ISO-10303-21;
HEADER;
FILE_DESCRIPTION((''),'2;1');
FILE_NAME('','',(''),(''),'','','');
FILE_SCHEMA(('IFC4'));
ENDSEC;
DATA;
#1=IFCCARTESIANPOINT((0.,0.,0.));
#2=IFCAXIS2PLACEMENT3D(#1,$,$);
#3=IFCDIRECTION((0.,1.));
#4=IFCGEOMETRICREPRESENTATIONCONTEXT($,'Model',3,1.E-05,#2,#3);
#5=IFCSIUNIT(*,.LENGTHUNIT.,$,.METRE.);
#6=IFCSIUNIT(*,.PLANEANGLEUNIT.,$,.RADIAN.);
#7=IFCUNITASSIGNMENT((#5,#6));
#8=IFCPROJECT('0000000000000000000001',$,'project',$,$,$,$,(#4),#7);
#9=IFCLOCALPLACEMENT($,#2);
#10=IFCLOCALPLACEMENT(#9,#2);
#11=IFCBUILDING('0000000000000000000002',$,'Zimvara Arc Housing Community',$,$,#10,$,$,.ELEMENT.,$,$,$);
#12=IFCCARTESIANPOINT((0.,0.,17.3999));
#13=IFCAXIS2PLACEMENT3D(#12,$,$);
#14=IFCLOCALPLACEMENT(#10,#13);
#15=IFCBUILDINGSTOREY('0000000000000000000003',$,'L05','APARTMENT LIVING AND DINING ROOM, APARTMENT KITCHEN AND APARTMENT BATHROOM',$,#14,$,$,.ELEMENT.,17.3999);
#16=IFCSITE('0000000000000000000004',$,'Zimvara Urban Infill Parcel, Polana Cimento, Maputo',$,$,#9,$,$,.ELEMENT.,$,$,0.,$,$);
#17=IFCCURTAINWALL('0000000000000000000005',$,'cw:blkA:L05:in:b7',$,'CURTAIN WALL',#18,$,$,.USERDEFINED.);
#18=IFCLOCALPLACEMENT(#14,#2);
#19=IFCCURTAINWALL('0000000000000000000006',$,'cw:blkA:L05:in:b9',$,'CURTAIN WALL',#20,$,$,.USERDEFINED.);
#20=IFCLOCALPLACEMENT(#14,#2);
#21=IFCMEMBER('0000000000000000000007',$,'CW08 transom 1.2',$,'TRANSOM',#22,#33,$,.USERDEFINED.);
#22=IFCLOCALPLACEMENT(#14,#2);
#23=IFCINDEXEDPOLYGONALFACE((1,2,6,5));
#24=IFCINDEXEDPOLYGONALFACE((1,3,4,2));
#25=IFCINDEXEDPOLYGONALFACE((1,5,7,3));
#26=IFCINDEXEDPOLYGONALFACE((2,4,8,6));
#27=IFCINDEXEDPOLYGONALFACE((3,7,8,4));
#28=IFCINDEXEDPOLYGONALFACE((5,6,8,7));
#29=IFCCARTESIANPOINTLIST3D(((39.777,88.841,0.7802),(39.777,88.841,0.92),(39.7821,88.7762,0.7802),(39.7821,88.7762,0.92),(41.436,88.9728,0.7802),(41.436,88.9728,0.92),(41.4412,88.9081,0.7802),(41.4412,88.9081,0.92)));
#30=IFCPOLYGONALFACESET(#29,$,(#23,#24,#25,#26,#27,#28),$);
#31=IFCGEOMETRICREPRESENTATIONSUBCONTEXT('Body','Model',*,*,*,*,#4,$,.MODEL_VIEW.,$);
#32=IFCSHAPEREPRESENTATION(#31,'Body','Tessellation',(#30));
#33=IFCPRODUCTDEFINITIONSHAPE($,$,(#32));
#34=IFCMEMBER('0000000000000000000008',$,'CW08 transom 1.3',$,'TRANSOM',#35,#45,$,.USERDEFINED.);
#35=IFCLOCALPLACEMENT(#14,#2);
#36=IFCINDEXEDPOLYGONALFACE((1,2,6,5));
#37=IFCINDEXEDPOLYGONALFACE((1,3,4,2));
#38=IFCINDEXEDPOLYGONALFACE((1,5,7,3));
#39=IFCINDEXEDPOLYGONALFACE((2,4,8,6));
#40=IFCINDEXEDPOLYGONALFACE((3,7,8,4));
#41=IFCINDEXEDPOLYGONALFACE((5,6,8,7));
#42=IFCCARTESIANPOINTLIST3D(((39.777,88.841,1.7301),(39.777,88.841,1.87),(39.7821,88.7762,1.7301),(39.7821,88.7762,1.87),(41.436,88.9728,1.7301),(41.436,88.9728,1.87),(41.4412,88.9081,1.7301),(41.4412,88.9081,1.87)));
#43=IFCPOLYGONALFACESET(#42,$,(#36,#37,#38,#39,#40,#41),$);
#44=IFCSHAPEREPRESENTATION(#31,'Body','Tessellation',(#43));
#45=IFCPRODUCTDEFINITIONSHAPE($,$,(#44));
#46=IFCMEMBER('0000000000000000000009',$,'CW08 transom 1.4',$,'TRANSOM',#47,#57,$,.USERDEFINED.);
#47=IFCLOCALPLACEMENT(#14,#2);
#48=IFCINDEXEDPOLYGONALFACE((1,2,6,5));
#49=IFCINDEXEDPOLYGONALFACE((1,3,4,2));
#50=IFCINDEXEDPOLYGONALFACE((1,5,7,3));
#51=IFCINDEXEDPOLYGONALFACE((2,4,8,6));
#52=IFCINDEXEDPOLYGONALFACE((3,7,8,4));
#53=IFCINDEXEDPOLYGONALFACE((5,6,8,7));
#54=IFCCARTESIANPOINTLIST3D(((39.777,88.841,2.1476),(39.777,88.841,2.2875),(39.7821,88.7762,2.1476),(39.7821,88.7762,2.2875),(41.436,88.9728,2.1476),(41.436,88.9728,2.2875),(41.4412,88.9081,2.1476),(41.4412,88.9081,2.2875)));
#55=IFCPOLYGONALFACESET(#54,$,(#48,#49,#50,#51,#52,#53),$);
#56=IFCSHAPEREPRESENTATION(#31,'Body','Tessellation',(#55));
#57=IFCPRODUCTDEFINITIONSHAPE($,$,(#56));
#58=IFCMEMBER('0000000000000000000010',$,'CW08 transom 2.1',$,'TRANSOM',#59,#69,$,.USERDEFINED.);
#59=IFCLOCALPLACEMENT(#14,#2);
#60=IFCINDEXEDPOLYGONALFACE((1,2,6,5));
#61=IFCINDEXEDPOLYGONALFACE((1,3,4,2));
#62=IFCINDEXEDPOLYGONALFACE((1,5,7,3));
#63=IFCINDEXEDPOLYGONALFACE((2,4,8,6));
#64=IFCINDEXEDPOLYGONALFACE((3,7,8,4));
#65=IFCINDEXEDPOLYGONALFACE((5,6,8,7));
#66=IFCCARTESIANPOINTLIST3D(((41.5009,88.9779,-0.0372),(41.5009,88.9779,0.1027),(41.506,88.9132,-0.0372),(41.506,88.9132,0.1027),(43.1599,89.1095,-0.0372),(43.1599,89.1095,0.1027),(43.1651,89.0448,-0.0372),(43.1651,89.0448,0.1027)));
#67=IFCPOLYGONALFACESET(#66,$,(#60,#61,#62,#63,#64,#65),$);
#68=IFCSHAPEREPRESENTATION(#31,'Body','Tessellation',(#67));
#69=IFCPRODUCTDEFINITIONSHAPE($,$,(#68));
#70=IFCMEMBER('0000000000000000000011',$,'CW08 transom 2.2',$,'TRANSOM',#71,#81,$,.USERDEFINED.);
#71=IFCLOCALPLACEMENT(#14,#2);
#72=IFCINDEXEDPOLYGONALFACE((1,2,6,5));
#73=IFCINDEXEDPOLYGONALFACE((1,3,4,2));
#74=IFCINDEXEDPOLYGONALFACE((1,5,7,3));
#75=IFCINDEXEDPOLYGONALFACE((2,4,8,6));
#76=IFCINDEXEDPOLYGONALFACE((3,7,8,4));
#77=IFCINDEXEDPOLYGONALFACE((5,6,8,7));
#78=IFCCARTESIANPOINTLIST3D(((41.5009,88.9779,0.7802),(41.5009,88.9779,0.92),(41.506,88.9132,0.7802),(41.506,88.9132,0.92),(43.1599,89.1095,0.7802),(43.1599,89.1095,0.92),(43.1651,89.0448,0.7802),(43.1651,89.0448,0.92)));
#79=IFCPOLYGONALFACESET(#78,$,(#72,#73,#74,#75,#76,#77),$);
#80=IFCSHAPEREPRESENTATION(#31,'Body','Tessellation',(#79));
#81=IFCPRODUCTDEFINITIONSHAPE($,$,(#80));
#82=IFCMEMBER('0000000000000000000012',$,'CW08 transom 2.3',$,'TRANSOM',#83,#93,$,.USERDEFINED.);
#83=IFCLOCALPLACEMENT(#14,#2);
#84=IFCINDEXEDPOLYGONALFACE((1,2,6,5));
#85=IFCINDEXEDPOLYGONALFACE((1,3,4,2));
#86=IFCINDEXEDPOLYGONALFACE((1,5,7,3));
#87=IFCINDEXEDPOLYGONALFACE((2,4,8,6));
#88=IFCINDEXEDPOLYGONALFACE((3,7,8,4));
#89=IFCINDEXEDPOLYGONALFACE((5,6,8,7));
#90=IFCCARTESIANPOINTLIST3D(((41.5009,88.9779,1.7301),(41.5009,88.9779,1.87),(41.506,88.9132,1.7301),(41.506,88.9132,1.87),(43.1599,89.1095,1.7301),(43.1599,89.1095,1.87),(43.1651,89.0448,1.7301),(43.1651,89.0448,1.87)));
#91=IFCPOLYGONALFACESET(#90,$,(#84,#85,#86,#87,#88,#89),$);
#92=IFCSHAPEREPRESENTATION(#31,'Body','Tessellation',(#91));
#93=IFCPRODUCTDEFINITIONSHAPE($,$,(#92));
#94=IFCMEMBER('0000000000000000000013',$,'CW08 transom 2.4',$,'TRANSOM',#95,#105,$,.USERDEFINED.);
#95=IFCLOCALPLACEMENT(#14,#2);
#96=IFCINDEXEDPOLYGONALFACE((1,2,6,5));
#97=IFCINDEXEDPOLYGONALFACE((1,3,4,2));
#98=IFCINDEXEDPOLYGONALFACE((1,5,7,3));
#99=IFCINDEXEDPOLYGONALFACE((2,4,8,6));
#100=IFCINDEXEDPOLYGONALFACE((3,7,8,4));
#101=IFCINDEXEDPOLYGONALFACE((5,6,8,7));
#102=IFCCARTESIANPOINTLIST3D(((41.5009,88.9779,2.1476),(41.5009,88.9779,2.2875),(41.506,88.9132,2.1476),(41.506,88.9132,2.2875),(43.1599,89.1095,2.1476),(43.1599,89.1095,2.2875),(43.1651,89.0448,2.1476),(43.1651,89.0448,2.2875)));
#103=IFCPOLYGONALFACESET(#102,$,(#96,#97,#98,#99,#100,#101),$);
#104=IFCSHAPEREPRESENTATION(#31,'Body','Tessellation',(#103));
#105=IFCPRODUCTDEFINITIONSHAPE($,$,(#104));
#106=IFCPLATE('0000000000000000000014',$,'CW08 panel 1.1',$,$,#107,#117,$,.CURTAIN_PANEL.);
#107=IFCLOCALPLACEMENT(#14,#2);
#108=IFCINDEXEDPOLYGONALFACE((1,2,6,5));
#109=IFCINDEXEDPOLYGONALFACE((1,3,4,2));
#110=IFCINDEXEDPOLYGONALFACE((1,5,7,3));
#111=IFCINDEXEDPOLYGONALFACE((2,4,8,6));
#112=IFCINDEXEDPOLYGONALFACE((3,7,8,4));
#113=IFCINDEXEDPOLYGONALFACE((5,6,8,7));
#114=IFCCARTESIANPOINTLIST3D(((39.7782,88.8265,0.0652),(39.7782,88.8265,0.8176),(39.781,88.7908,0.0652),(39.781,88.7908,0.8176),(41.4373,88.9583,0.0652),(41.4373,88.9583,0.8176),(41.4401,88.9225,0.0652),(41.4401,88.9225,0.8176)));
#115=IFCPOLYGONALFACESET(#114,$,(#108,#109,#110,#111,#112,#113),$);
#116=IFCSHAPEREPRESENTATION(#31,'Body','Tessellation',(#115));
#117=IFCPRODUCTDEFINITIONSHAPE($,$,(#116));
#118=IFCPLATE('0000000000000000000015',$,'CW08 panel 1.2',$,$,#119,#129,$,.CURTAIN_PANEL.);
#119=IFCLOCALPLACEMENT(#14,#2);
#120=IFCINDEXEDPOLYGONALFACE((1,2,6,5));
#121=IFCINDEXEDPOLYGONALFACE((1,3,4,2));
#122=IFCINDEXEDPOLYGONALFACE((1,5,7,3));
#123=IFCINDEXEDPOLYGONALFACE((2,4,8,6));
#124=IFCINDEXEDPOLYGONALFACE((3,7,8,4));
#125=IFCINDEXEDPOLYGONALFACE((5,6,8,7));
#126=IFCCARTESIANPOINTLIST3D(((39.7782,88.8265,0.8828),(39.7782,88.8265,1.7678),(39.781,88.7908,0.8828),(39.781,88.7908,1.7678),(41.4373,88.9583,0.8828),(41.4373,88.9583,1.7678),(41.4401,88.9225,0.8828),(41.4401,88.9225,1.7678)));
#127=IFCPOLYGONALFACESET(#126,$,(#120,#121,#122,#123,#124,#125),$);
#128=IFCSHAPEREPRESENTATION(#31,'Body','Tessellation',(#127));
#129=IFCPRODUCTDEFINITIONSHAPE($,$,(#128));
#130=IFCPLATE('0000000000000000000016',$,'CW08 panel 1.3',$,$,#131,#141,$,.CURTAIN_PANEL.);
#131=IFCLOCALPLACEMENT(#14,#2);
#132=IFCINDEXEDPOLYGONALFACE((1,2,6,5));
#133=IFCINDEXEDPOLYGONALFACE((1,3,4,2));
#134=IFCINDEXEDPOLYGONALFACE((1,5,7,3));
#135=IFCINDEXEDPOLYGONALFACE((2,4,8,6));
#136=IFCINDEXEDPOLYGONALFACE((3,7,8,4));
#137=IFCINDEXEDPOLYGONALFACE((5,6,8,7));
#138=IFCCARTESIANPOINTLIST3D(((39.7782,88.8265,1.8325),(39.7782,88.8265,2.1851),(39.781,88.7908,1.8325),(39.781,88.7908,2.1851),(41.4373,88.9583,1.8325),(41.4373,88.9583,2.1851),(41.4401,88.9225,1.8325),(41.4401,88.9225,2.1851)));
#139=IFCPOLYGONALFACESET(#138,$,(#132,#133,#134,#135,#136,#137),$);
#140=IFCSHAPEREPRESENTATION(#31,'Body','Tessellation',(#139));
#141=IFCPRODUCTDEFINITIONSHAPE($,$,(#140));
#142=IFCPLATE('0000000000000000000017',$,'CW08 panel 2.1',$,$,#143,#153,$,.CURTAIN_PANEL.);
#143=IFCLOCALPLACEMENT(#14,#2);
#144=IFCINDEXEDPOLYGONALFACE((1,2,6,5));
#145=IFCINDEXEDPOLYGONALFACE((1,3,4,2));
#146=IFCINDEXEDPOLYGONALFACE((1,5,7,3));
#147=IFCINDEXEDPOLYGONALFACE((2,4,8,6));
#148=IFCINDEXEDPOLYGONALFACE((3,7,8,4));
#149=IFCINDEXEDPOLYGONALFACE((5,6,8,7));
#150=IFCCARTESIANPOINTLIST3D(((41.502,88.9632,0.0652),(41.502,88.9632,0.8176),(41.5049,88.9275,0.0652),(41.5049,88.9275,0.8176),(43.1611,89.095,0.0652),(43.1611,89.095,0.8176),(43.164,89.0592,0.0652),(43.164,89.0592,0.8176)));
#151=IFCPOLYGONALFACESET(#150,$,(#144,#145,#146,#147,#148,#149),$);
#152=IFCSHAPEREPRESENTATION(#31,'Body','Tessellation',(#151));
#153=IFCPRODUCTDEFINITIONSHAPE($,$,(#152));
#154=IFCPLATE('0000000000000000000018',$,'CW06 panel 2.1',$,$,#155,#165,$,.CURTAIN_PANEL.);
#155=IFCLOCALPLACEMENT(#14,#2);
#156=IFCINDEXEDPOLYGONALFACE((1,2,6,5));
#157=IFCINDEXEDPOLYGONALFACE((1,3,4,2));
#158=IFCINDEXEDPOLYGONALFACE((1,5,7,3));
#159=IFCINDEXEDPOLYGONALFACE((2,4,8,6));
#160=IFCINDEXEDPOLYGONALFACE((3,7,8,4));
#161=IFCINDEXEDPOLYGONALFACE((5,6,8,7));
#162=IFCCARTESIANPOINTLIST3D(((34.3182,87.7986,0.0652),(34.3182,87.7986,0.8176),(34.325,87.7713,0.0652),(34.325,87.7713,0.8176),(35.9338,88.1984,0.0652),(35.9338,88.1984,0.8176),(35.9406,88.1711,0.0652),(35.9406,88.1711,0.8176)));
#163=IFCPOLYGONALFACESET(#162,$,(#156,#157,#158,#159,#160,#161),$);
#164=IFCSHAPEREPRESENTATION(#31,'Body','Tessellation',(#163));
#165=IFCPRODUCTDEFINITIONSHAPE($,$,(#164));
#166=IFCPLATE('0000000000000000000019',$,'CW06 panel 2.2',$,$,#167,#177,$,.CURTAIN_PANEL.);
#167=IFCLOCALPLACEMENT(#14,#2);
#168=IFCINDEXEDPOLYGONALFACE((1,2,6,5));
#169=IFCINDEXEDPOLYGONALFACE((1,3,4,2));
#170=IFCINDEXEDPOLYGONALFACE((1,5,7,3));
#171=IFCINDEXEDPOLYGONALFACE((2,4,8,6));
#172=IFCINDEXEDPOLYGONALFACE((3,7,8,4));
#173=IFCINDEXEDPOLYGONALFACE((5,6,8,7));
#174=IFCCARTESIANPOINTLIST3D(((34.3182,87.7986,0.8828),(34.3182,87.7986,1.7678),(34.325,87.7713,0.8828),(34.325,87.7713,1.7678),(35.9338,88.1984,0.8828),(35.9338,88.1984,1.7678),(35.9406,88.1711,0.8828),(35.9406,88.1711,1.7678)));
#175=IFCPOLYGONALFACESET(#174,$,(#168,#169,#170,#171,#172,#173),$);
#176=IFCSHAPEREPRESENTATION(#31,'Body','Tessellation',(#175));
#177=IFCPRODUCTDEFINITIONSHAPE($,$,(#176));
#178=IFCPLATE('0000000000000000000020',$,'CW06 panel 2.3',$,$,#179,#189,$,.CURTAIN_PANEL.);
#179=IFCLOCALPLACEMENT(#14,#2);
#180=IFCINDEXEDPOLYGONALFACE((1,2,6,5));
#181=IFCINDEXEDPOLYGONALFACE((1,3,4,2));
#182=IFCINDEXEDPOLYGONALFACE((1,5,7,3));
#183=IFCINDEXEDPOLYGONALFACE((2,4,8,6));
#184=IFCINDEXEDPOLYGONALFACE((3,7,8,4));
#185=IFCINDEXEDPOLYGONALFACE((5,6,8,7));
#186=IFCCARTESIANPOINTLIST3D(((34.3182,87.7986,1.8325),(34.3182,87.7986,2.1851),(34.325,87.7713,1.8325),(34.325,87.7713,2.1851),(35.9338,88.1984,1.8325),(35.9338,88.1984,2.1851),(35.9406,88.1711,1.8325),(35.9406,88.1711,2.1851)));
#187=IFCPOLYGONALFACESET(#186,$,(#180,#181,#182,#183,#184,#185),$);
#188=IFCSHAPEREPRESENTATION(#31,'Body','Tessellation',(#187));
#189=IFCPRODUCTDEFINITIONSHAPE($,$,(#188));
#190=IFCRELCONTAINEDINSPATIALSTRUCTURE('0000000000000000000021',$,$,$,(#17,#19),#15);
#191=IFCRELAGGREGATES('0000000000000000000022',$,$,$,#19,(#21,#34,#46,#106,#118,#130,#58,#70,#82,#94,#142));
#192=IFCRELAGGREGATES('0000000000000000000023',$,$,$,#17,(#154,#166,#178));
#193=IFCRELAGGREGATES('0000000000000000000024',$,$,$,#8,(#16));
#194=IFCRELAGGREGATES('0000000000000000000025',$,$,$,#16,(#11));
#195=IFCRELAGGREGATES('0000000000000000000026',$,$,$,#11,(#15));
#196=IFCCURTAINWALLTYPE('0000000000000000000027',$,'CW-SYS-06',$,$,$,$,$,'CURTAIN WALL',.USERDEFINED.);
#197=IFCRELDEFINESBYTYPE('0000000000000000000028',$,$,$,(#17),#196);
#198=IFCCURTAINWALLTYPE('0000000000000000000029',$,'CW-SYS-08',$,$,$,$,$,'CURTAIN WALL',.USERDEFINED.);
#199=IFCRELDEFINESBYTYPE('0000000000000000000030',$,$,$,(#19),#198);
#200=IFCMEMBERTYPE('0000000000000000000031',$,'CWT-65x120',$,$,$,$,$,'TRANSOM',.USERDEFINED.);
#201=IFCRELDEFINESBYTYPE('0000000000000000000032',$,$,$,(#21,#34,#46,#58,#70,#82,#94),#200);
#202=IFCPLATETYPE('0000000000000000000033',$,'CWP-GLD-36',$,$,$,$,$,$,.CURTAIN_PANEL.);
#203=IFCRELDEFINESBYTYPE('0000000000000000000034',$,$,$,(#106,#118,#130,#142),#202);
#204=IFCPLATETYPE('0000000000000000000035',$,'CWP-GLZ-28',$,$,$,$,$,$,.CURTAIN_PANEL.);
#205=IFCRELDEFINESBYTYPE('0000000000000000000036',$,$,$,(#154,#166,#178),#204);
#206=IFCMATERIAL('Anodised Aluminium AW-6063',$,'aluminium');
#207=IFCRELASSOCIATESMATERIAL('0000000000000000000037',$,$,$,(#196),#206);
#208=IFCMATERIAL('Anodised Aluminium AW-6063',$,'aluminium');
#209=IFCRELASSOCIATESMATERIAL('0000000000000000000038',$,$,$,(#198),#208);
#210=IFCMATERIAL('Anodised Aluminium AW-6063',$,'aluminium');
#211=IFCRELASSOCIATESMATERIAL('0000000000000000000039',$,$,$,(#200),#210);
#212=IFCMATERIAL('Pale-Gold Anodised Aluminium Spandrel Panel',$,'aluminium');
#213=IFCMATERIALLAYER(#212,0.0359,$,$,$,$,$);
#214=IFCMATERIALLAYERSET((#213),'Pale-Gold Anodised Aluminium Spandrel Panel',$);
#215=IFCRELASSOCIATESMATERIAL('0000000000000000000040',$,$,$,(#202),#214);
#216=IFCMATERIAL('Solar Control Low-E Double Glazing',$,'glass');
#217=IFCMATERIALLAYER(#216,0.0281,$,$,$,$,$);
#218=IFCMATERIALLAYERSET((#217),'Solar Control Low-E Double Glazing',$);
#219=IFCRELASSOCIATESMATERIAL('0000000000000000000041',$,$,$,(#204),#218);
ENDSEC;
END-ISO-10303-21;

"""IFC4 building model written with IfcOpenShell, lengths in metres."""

from ifc_helpers import new_model, si_unit, direction, frame, origin, origin_2d, place, context, subcontext, project, spatial, rectangle, extrude, material, layer, layer_set, material_profile, profile_set, type_object, element, aggregate, save


model = new_model("IFC4")

# Units and contexts
model_context = context("Model", 3, precision=1e-05, world=origin(), true_north=direction((0.0, 1.0)))
body_context = subcontext(model_context, "Body", "Model", "MODEL_VIEW")
ifc_project = project(units=[si_unit("LENGTHUNIT", "METRE"), si_unit("PLANEANGLEUNIT", "RADIAN")], contexts=[model_context])

# Site, building, storey
site_placement = place(None, origin())
site = spatial("IfcSite", under=ifc_project, at=site_placement, Name="Zimvara Urban Infill Parcel, Polana Cimento, Maputo", CompositionType="ELEMENT", RefElevation=0.0)
building_placement = place(site_placement, origin())
building = spatial("IfcBuilding", under=site, at=building_placement, Name="Zimvara Arc Housing Community", CompositionType="ELEMENT")
storey_placement = place(building_placement, frame((0.0, 0.0, 17.3999)))
storey = spatial("IfcBuildingStorey", under=building, at=storey_placement, Name="L05", Description="APARTMENT LIVING AND DINING ROOM, APARTMENT KITCHEN AND APARTMENT BATHROOM", CompositionType="ELEMENT", Elevation=17.3999)

# Curtain wall
ifc_material_1 = material(Name="Anodised Aluminium AW-6063", Category="aluminium")
curtain_wall_type_1 = type_object("IfcCurtainWallType", Name="CW-SYS-06", ElementType="CURTAIN WALL", PredefinedType="USERDEFINED", material=ifc_material_1)
curtain_wall_1_placement = place(storey_placement, origin())
curtain_wall_1 = element("IfcCurtainWall", 1, at=curtain_wall_1_placement, inside=storey, type_object=curtain_wall_type_1, Name="cw:blkA:L05:in:b7", ObjectType="CURTAIN WALL", PredefinedType="USERDEFINED")

# Curtain wall
ifc_material_2 = material(Name="Anodised Aluminium AW-6063", Category="aluminium")
curtain_wall_type_2 = type_object("IfcCurtainWallType", Name="CW-SYS-08", ElementType="CURTAIN WALL", PredefinedType="USERDEFINED", material=ifc_material_2)
curtain_wall_2_placement = place(storey_placement, origin())
curtain_wall_2 = element("IfcCurtainWall", 2, at=curtain_wall_2_placement, inside=storey, type_object=curtain_wall_type_2, Name="cw:blkA:L05:in:b9", ObjectType="CURTAIN WALL", PredefinedType="USERDEFINED")

# Members
ifc_material_3 = material(Name="Anodised Aluminium AW-6063", Category="aluminium")
ifc_material_profile_1 = material_profile(ifc_material_3, rectangle(XDim=0.0649, YDim=0.1399, at=origin_2d()), Name="ALU 65x140")
ifc_profile_set_1 = profile_set([ifc_material_profile_1], Name="Anodised Aluminium AW-6063")
member_type_1 = type_object("IfcMemberType", Name="CWT-65x120", ElementType="TRANSOM", PredefinedType="USERDEFINED", material=ifc_profile_set_1)
member_1_placement = place(storey_placement, frame((39.7795, 88.8086, 0.8501), z_axis=(0.996858, 0.079209, 0.0), x_axis=(-0.079209, 0.996858, 0.0)))
member_1 = element("IfcMember", 3, at=member_1_placement, type_object=member_type_1, Name="CW08 transom 1.2", ObjectType="TRANSOM", PredefinedType="USERDEFINED", context=body_context, shape_type="SweptSolid", body=[
    extrude(rectangle(XDim=0.0649, YDim=0.1399, at=origin_2d()), origin(), (0.0, 0.0, 1.0), 1.6643),
])
member_2_placement = place(storey_placement, frame((39.7795, 88.8086, 1.8), z_axis=(0.996858, 0.079209, 0.0), x_axis=(-0.079209, 0.996858, 0.0)))
member_2 = element("IfcMember", 4, at=member_2_placement, type_object=member_type_1, Name="CW08 transom 1.3", ObjectType="TRANSOM", PredefinedType="USERDEFINED", context=body_context, shape_type="SweptSolid", body=[
    extrude(rectangle(XDim=0.0649, YDim=0.1399, at=origin_2d()), origin(), (0.0, 0.0, 1.0), 1.6643),
])
member_3_placement = place(storey_placement, frame((39.7795, 88.8086, 2.2175), z_axis=(0.996858, 0.079209, 0.0), x_axis=(-0.079209, 0.996858, 0.0)))
member_3 = element("IfcMember", 5, at=member_3_placement, type_object=member_type_1, Name="CW08 transom 1.4", ObjectType="TRANSOM", PredefinedType="USERDEFINED", context=body_context, shape_type="SweptSolid", body=[
    extrude(rectangle(XDim=0.0649, YDim=0.1399, at=origin_2d()), origin(), (0.0, 0.0, 1.0), 1.6643),
])
member_4_placement = place(storey_placement, frame((41.5034, 88.9456, 0.0327), z_axis=(0.99687, 0.079063, 0.0), x_axis=(-0.079063, 0.99687, 0.0)))
member_4 = element("IfcMember", 6, at=member_4_placement, type_object=member_type_1, Name="CW08 transom 2.1", ObjectType="TRANSOM", PredefinedType="USERDEFINED", context=body_context, shape_type="SweptSolid", body=[
    extrude(rectangle(XDim=0.0649, YDim=0.1399, at=origin_2d()), origin(), (0.0, 0.0, 1.0), 1.6643),
])
member_5_placement = place(storey_placement, frame((41.5034, 88.9456, 0.8501), z_axis=(0.99687, 0.079063, 0.0), x_axis=(-0.079063, 0.99687, 0.0)))
member_5 = element("IfcMember", 7, at=member_5_placement, type_object=member_type_1, Name="CW08 transom 2.2", ObjectType="TRANSOM", PredefinedType="USERDEFINED", context=body_context, shape_type="SweptSolid", body=[
    extrude(rectangle(XDim=0.0649, YDim=0.1399, at=origin_2d()), origin(), (0.0, 0.0, 1.0), 1.6643),
])
member_6_placement = place(storey_placement, frame((41.5034, 88.9456, 1.8), z_axis=(0.99687, 0.079063, 0.0), x_axis=(-0.079063, 0.99687, 0.0)))
member_6 = element("IfcMember", 8, at=member_6_placement, type_object=member_type_1, Name="CW08 transom 2.3", ObjectType="TRANSOM", PredefinedType="USERDEFINED", context=body_context, shape_type="SweptSolid", body=[
    extrude(rectangle(XDim=0.0649, YDim=0.1399, at=origin_2d()), origin(), (0.0, 0.0, 1.0), 1.6643),
])
member_7_placement = place(storey_placement, frame((41.5034, 88.9456, 2.2175), z_axis=(0.99687, 0.079063, 0.0), x_axis=(-0.079063, 0.99687, 0.0)))
member_7 = element("IfcMember", 9, at=member_7_placement, type_object=member_type_1, Name="CW08 transom 2.4", ObjectType="TRANSOM", PredefinedType="USERDEFINED", context=body_context, shape_type="SweptSolid", body=[
    extrude(rectangle(XDim=0.0649, YDim=0.1399, at=origin_2d()), origin(), (0.0, 0.0, 1.0), 1.6643),
])

# Plates
ifc_material_4 = material(Name="Pale-Gold Anodised Aluminium Spandrel Panel", Category="aluminium")
ifc_layer_1 = layer(ifc_material_4, 0.0359)
ifc_layer_set_1 = layer_set([ifc_layer_1], Name="Pale-Gold Anodised Aluminium Spandrel Panel")
plate_type_1 = type_object("IfcPlateType", Name="CWP-GLD-36", PredefinedType="CURTAIN_PANEL", material=ifc_layer_set_1)
plate_1_placement = place(storey_placement, frame((40.6091, 88.8745, 0.0652), z_axis=(0.0, 0.0, 1.0), x_axis=(0.996862, 0.079155, 0.0)))
plate_1 = element("IfcPlate", 10, at=plate_1_placement, type_object=plate_type_1, Name="CW08 panel 1.1", PredefinedType="CURTAIN_PANEL", context=body_context, shape_type="SweptSolid", body=[
    extrude(rectangle(XDim=1.6643, YDim=0.0359, at=origin_2d()), origin(), (0.0, 0.0, 1.0), 0.7524),
])
plate_2_placement = place(storey_placement, frame((40.6091, 88.8745, 0.8828), z_axis=(0.0, 0.0, 1.0), x_axis=(0.996862, 0.079155, 0.0)))
plate_2 = element("IfcPlate", 11, at=plate_2_placement, type_object=plate_type_1, Name="CW08 panel 1.2", PredefinedType="CURTAIN_PANEL", context=body_context, shape_type="SweptSolid", body=[
    extrude(rectangle(XDim=1.6643, YDim=0.0359, at=origin_2d()), origin(), (0.0, 0.0, 1.0), 0.885),
])
plate_3_placement = place(storey_placement, frame((40.6091, 88.8745, 1.8325), z_axis=(0.0, 0.0, 1.0), x_axis=(0.996862, 0.079155, 0.0)))
plate_3 = element("IfcPlate", 12, at=plate_3_placement, type_object=plate_type_1, Name="CW08 panel 1.3", PredefinedType="CURTAIN_PANEL", context=body_context, shape_type="SweptSolid", body=[
    extrude(rectangle(XDim=1.6643, YDim=0.0359, at=origin_2d()), origin(), (0.0, 0.0, 1.0), 0.3525),
])
plate_4_placement = place(storey_placement, frame((42.333, 89.0112, 0.0652), z_axis=(0.0, 0.0, 1.0), x_axis=(0.996862, 0.079155, 0.0)))
plate_4 = element("IfcPlate", 13, at=plate_4_placement, type_object=plate_type_1, Name="CW08 panel 2.1", PredefinedType="CURTAIN_PANEL", context=body_context, shape_type="SweptSolid", body=[
    extrude(rectangle(XDim=1.6643, YDim=0.0359, at=origin_2d()), origin(), (0.0, 0.0, 1.0), 0.7524),
])
aggregate(curtain_wall_2, [member_1, member_2, member_3, plate_1, plate_2, plate_3, member_4, member_5, member_6, member_7, plate_4])
ifc_material_5 = material(Name="Solar Control Low-E Double Glazing", Category="glass")
ifc_layer_2 = layer(ifc_material_5, 0.0281)
ifc_layer_set_2 = layer_set([ifc_layer_2], Name="Solar Control Low-E Double Glazing")
plate_type_2 = type_object("IfcPlateType", Name="CWP-GLZ-28", PredefinedType="CURTAIN_PANEL", material=ifc_layer_set_2)
plate_5_placement = place(storey_placement, frame((35.1294, 87.9849, 0.0652), z_axis=(0.0, 0.0, 1.0), x_axis=(0.970717, 0.240228, 0.0)))
plate_5 = element("IfcPlate", 14, at=plate_5_placement, type_object=plate_type_2, Name="CW06 panel 2.1", PredefinedType="CURTAIN_PANEL", context=body_context, shape_type="SweptSolid", body=[
    extrude(rectangle(XDim=1.6643, YDim=0.0281, at=origin_2d()), origin(), (0.0, 0.0, 1.0), 0.7524),
])
plate_6_placement = place(storey_placement, frame((35.1294, 87.9849, 0.8828), z_axis=(0.0, 0.0, 1.0), x_axis=(0.970717, 0.240228, 0.0)))
plate_6 = element("IfcPlate", 15, at=plate_6_placement, type_object=plate_type_2, Name="CW06 panel 2.2", PredefinedType="CURTAIN_PANEL", context=body_context, shape_type="SweptSolid", body=[
    extrude(rectangle(XDim=1.6643, YDim=0.0281, at=origin_2d()), origin(), (0.0, 0.0, 1.0), 0.885),
])
plate_7_placement = place(storey_placement, frame((35.1294, 87.9849, 1.8325), z_axis=(0.0, 0.0, 1.0), x_axis=(0.970717, 0.240228, 0.0)))
plate_7 = element("IfcPlate", 16, at=plate_7_placement, type_object=plate_type_2, Name="CW06 panel 2.3", PredefinedType="CURTAIN_PANEL", context=body_context, shape_type="SweptSolid", body=[
    extrude(rectangle(XDim=1.6643, YDim=0.0281, at=origin_2d()), origin(), (0.0, 0.0, 1.0), 0.3525),
])
aggregate(curtain_wall_1, [plate_5, plate_6, plate_7])

save(model, "model.ifc")
